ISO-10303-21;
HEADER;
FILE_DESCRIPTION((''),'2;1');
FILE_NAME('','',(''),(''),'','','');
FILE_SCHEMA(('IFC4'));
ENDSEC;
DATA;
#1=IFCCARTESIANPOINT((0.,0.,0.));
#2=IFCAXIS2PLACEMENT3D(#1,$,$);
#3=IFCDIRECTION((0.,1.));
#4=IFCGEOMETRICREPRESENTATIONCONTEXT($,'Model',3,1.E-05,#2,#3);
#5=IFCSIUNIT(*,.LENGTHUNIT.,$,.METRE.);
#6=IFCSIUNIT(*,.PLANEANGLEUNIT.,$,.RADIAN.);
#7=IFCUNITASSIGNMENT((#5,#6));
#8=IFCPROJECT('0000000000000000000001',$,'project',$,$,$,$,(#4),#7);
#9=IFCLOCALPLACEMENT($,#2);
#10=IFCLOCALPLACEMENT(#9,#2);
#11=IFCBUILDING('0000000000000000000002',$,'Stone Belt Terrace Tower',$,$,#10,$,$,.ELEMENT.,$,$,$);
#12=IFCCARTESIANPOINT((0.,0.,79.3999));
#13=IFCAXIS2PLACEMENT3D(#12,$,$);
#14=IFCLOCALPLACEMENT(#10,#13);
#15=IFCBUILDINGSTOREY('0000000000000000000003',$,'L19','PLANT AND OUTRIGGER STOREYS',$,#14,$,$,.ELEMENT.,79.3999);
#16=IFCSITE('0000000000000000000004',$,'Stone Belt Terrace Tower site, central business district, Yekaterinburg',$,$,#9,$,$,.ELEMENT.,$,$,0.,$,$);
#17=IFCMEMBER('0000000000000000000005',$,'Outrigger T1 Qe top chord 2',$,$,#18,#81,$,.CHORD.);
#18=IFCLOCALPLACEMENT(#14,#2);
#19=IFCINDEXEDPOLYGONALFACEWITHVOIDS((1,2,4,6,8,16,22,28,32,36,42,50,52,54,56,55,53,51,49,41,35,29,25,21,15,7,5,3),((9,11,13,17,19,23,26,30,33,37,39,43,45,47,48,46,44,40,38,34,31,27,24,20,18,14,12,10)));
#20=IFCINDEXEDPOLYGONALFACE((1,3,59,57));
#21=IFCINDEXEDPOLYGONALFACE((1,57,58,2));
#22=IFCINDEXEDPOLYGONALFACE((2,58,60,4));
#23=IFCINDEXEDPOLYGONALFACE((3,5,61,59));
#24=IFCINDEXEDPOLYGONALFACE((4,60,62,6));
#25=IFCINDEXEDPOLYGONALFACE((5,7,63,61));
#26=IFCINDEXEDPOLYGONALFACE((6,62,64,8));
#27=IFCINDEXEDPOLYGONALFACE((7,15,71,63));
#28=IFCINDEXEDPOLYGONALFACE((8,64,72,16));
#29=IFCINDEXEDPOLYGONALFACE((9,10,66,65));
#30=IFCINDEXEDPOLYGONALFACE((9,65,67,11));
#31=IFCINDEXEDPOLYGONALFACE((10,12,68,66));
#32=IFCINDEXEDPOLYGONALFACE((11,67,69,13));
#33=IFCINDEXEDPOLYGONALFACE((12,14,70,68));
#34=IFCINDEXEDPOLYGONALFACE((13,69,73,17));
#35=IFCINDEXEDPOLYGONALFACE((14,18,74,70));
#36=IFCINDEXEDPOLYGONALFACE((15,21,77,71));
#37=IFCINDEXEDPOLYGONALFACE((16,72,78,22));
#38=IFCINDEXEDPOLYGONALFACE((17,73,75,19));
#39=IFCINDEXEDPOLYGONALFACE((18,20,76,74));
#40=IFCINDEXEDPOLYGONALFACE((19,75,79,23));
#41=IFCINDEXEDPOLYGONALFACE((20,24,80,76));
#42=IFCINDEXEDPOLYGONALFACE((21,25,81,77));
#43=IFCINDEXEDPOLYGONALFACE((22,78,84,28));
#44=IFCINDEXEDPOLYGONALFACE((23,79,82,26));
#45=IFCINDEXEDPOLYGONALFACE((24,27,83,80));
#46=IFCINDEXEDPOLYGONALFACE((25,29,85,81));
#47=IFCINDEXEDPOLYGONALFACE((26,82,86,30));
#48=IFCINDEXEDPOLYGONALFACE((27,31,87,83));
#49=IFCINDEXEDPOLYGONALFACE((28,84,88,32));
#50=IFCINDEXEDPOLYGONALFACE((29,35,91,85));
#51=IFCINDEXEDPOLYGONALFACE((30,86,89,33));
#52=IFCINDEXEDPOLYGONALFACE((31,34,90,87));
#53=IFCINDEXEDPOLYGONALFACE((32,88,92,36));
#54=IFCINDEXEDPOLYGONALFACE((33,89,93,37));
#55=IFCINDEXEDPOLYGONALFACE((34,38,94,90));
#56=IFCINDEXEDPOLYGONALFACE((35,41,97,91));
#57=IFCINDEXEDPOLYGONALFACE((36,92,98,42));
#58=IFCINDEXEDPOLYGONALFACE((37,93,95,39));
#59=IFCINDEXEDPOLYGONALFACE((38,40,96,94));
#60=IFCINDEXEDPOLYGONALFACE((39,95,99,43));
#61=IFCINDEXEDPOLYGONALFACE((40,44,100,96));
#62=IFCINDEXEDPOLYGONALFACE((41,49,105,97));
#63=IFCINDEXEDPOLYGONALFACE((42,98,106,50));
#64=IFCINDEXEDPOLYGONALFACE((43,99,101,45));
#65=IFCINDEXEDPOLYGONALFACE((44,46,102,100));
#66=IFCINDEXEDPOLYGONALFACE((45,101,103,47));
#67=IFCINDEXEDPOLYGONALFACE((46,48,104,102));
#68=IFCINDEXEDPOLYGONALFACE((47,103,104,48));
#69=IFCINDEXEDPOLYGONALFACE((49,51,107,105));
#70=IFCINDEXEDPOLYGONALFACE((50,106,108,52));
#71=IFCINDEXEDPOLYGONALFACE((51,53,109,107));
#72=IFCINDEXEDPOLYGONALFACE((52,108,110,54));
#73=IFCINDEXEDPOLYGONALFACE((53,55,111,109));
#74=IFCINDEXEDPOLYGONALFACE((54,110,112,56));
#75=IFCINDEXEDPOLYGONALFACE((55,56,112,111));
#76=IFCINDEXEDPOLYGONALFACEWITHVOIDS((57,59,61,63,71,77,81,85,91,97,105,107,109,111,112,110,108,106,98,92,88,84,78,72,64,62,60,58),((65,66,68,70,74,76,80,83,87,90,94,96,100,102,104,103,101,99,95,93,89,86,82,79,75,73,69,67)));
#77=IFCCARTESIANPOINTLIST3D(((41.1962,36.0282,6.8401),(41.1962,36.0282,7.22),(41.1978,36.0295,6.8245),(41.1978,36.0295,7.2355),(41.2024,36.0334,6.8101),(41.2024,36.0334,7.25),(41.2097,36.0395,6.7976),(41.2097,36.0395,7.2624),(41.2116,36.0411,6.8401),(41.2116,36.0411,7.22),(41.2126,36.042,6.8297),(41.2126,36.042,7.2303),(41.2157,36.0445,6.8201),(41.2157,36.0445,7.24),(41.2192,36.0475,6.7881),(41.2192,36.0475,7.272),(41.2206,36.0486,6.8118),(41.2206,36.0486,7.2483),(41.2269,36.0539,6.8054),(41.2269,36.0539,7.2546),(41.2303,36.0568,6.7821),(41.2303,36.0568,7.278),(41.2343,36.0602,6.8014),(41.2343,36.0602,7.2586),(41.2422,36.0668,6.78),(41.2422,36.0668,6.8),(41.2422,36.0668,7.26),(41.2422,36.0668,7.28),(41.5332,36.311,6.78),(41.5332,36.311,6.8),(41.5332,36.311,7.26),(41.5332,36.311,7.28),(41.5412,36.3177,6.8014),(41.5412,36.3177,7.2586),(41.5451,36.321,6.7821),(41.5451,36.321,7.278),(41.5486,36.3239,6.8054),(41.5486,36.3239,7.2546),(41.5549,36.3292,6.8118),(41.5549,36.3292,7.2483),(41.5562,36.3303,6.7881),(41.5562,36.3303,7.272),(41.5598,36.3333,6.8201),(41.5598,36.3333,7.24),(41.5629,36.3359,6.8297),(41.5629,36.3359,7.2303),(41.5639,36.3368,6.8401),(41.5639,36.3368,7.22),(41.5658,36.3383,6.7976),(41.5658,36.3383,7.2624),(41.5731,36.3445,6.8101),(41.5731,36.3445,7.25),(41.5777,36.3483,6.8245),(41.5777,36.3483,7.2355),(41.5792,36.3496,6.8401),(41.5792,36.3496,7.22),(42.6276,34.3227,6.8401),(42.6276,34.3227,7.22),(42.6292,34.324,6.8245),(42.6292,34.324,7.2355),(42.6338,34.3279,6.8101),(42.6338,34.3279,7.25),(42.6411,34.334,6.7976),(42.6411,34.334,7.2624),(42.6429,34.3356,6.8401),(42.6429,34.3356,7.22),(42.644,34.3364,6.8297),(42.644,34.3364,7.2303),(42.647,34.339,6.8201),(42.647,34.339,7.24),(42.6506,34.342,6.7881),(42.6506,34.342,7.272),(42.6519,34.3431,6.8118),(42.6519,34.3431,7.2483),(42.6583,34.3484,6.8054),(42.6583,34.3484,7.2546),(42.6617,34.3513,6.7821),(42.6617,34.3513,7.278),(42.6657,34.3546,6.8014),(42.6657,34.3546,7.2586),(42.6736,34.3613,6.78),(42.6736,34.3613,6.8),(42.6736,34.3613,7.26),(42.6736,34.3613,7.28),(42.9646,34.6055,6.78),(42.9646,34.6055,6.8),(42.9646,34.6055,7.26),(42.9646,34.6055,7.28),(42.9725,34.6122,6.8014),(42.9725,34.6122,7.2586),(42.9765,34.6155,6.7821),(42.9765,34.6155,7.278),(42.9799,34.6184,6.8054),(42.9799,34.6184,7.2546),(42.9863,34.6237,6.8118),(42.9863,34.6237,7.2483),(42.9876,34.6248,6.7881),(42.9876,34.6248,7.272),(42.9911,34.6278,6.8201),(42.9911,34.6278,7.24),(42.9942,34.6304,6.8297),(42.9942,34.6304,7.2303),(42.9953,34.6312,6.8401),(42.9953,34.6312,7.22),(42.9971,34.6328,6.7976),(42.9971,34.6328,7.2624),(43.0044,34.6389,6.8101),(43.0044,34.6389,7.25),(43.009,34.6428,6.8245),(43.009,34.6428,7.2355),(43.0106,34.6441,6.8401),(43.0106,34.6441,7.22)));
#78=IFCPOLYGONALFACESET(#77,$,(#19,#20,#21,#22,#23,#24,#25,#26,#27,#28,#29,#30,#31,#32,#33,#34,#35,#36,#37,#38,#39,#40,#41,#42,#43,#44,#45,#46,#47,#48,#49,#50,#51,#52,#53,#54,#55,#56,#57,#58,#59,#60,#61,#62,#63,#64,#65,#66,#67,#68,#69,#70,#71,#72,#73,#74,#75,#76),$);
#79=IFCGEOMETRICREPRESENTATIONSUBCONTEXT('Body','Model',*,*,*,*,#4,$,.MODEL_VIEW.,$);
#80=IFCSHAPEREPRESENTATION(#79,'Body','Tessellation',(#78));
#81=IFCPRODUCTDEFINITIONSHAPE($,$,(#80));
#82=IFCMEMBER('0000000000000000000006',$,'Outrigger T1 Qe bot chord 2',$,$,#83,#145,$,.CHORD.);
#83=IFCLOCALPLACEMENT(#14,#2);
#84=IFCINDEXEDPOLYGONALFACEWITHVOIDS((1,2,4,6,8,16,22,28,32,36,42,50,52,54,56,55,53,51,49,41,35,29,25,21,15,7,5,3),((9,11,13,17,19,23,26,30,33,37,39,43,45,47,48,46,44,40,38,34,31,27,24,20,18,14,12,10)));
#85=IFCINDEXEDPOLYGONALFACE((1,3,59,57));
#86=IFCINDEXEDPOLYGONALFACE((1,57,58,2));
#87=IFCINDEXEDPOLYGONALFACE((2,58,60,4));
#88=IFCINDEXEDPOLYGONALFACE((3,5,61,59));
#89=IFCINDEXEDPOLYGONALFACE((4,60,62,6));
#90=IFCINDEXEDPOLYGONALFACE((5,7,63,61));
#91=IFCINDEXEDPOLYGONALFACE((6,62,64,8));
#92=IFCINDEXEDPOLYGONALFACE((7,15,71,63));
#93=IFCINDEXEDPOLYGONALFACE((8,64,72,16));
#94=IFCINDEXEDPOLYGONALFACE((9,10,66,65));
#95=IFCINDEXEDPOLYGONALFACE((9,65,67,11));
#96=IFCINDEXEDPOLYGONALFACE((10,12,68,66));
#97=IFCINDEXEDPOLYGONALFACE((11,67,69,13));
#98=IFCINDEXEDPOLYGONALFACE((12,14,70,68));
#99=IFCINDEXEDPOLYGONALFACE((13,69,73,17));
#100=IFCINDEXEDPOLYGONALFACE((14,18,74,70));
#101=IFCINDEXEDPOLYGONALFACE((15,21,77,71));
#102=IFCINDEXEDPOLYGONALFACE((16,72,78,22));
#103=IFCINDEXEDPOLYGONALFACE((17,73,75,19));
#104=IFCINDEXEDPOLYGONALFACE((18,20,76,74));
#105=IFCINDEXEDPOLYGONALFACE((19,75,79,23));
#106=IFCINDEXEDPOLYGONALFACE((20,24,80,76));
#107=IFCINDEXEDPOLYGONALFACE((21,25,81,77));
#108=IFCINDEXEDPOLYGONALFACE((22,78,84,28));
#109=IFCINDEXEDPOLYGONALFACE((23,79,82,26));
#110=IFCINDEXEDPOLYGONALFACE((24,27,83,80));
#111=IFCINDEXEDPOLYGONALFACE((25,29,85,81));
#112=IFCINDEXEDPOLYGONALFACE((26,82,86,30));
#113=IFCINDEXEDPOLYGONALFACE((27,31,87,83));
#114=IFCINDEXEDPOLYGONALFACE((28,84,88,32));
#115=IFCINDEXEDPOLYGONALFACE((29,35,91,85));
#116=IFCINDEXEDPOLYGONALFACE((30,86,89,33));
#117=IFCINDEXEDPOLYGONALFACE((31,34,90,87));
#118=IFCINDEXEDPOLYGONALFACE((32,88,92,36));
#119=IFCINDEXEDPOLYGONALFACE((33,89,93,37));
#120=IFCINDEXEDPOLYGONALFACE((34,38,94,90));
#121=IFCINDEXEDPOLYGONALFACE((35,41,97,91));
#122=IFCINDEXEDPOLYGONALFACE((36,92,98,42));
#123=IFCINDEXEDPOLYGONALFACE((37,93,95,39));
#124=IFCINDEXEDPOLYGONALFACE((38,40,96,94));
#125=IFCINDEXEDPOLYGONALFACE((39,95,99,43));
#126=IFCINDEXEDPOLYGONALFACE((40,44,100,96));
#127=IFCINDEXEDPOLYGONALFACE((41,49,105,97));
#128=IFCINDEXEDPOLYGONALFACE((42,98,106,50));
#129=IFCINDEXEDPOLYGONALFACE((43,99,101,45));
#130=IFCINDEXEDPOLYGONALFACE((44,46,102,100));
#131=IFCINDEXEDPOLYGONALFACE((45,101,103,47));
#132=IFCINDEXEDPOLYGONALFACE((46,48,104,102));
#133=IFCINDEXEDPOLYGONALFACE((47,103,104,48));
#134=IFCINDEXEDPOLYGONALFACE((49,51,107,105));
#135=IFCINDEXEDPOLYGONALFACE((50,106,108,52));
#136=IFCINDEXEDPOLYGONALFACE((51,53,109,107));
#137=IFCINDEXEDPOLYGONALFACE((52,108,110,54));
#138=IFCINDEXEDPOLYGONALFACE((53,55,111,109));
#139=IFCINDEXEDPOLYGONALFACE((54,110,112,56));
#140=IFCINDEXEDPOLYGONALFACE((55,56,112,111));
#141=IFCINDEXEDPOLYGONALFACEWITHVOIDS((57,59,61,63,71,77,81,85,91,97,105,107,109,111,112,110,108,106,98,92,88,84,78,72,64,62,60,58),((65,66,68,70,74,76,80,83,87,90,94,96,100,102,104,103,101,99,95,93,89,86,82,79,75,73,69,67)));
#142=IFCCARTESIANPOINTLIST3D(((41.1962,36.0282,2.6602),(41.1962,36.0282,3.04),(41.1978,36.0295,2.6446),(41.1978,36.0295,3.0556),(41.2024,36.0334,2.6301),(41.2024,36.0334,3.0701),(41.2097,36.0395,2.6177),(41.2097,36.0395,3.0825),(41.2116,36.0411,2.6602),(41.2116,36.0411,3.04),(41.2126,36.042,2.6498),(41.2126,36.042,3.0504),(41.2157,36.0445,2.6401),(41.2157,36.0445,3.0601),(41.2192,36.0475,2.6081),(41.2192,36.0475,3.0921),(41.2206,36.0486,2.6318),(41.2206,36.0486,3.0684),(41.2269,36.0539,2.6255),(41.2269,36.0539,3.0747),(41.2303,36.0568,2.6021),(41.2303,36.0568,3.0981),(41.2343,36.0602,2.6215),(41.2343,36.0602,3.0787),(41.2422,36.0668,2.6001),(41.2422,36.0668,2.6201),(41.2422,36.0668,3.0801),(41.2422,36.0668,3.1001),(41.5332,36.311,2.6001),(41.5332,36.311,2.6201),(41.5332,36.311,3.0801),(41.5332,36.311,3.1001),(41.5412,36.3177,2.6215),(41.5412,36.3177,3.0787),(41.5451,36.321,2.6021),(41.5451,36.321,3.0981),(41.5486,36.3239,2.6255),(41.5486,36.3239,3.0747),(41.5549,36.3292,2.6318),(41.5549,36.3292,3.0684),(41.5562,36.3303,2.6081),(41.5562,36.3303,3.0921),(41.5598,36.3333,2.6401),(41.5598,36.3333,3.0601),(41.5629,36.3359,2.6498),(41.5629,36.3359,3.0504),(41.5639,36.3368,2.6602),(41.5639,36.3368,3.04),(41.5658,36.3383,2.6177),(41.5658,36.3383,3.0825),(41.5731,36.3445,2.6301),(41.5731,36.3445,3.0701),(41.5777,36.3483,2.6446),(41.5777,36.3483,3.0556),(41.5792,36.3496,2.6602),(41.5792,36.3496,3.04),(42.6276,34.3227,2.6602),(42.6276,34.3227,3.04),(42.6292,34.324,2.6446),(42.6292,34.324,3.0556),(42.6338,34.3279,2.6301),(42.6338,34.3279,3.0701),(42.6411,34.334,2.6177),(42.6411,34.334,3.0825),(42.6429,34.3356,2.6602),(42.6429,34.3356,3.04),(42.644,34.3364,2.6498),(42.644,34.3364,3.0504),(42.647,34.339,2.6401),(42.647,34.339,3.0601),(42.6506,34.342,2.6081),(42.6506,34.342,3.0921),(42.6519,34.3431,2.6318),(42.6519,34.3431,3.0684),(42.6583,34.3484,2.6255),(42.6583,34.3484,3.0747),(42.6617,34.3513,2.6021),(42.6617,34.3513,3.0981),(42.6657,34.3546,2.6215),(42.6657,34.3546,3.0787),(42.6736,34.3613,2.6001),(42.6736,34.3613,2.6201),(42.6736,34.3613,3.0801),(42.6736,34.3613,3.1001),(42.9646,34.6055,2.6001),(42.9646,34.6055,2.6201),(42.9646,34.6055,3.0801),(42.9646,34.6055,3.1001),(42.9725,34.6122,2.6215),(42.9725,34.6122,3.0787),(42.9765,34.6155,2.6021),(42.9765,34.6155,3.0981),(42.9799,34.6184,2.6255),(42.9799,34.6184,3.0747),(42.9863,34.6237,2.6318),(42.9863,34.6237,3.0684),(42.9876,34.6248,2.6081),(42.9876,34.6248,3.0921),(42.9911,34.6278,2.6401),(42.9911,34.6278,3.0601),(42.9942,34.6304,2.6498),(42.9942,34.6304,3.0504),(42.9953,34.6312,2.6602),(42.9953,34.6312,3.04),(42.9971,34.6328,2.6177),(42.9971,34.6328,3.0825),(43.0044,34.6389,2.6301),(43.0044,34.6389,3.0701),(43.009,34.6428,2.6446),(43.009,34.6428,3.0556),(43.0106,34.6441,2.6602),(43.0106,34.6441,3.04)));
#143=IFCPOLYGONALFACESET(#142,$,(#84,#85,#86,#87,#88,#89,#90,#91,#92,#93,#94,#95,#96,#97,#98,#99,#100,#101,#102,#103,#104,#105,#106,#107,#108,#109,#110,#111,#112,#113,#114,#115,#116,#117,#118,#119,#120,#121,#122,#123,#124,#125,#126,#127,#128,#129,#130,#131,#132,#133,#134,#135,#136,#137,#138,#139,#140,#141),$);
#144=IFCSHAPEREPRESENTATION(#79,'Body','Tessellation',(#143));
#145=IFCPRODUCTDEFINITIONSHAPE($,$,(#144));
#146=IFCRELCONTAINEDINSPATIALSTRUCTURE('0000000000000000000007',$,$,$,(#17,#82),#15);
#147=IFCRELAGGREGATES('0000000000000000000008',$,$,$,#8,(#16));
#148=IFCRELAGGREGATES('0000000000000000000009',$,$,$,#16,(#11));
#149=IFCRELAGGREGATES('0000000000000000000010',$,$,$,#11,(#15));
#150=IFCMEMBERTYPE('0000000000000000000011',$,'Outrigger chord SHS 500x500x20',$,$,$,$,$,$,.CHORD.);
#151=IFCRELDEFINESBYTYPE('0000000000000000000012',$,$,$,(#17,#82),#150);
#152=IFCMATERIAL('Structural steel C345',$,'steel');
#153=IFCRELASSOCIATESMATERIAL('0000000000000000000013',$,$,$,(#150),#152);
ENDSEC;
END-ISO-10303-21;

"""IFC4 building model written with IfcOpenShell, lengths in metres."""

from ifc_helpers import new_model, si_unit, direction, frame, origin, origin_2d, place, context, subcontext, project, spatial, hollow_rectangle, extrude, material, material_profile, profile_set, type_object, element, save


model = new_model("IFC4")

# Units and contexts
model_context = context("Model", 3, precision=1e-05, world=origin(), true_north=direction((0.0, 1.0)))
body_context = subcontext(model_context, "Body", "Model", "MODEL_VIEW")
ifc_project = project(units=[si_unit("LENGTHUNIT", "METRE"), si_unit("PLANEANGLEUNIT", "RADIAN")], contexts=[model_context])

# Site, building, storey
site_placement = place(None, origin())
site = spatial("IfcSite", under=ifc_project, at=site_placement, Name="Stone Belt Terrace Tower site, central business district, Yekaterinburg", CompositionType="ELEMENT", RefElevation=0.0)
building_placement = place(site_placement, origin())
building = spatial("IfcBuilding", under=site, at=building_placement, Name="Stone Belt Terrace Tower", CompositionType="ELEMENT")
storey_placement = place(building_placement, frame((0.0, 0.0, 79.3999)))
storey = spatial("IfcBuildingStorey", under=building, at=storey_placement, Name="L19", Description="PLANT AND OUTRIGGER STOREYS", CompositionType="ELEMENT", Elevation=79.3999)

# Members
ifc_material_1 = material(Name="Structural steel C345", Category="steel")
ifc_material_profile_1 = material_profile(ifc_material_1, hollow_rectangle(XDim=0.5, YDim=0.5, WallThickness=0.02, InnerFilletRadius=0.04, OuterFilletRadius=0.0601, at=origin_2d()), Name="SHS 500x500x20")
ifc_profile_set_1 = profile_set([ifc_material_profile_1], Name="Structural steel C345")
member_type_1 = type_object("IfcMemberType", Name="Outrigger chord SHS 500x500x20", PredefinedType="CHORD", material=ifc_profile_set_1)
for number, where, z_axis, x_axis, name in (
    (1, (42.8191, 34.4834, 7.03), (-0.642855, 0.765988, 0.0), (-0.765988, -0.642855, 0.0), "Outrigger T1 Qe top chord 2"),
    (2, (42.8191, 34.4834, 2.8501), (-0.642855, 0.765988, 0.0), (-0.765988, -0.642855, 0.0), "Outrigger T1 Qe bot chord 2"),
):
    element("IfcMember", number, at=place(storey_placement, frame(where, z_axis=z_axis, x_axis=x_axis)), inside=storey, type_object=member_type_1, Name=name, PredefinedType="CHORD", context=body_context, shape_type="SweptSolid", body=[
        extrude(hollow_rectangle(XDim=0.5, YDim=0.5, WallThickness=0.02, InnerFilletRadius=0.04, OuterFilletRadius=0.0601, at=origin_2d()), origin(), (0.0, 0.0, 1.0), 2.2266),
    ])

save(model, "model.ifc")
